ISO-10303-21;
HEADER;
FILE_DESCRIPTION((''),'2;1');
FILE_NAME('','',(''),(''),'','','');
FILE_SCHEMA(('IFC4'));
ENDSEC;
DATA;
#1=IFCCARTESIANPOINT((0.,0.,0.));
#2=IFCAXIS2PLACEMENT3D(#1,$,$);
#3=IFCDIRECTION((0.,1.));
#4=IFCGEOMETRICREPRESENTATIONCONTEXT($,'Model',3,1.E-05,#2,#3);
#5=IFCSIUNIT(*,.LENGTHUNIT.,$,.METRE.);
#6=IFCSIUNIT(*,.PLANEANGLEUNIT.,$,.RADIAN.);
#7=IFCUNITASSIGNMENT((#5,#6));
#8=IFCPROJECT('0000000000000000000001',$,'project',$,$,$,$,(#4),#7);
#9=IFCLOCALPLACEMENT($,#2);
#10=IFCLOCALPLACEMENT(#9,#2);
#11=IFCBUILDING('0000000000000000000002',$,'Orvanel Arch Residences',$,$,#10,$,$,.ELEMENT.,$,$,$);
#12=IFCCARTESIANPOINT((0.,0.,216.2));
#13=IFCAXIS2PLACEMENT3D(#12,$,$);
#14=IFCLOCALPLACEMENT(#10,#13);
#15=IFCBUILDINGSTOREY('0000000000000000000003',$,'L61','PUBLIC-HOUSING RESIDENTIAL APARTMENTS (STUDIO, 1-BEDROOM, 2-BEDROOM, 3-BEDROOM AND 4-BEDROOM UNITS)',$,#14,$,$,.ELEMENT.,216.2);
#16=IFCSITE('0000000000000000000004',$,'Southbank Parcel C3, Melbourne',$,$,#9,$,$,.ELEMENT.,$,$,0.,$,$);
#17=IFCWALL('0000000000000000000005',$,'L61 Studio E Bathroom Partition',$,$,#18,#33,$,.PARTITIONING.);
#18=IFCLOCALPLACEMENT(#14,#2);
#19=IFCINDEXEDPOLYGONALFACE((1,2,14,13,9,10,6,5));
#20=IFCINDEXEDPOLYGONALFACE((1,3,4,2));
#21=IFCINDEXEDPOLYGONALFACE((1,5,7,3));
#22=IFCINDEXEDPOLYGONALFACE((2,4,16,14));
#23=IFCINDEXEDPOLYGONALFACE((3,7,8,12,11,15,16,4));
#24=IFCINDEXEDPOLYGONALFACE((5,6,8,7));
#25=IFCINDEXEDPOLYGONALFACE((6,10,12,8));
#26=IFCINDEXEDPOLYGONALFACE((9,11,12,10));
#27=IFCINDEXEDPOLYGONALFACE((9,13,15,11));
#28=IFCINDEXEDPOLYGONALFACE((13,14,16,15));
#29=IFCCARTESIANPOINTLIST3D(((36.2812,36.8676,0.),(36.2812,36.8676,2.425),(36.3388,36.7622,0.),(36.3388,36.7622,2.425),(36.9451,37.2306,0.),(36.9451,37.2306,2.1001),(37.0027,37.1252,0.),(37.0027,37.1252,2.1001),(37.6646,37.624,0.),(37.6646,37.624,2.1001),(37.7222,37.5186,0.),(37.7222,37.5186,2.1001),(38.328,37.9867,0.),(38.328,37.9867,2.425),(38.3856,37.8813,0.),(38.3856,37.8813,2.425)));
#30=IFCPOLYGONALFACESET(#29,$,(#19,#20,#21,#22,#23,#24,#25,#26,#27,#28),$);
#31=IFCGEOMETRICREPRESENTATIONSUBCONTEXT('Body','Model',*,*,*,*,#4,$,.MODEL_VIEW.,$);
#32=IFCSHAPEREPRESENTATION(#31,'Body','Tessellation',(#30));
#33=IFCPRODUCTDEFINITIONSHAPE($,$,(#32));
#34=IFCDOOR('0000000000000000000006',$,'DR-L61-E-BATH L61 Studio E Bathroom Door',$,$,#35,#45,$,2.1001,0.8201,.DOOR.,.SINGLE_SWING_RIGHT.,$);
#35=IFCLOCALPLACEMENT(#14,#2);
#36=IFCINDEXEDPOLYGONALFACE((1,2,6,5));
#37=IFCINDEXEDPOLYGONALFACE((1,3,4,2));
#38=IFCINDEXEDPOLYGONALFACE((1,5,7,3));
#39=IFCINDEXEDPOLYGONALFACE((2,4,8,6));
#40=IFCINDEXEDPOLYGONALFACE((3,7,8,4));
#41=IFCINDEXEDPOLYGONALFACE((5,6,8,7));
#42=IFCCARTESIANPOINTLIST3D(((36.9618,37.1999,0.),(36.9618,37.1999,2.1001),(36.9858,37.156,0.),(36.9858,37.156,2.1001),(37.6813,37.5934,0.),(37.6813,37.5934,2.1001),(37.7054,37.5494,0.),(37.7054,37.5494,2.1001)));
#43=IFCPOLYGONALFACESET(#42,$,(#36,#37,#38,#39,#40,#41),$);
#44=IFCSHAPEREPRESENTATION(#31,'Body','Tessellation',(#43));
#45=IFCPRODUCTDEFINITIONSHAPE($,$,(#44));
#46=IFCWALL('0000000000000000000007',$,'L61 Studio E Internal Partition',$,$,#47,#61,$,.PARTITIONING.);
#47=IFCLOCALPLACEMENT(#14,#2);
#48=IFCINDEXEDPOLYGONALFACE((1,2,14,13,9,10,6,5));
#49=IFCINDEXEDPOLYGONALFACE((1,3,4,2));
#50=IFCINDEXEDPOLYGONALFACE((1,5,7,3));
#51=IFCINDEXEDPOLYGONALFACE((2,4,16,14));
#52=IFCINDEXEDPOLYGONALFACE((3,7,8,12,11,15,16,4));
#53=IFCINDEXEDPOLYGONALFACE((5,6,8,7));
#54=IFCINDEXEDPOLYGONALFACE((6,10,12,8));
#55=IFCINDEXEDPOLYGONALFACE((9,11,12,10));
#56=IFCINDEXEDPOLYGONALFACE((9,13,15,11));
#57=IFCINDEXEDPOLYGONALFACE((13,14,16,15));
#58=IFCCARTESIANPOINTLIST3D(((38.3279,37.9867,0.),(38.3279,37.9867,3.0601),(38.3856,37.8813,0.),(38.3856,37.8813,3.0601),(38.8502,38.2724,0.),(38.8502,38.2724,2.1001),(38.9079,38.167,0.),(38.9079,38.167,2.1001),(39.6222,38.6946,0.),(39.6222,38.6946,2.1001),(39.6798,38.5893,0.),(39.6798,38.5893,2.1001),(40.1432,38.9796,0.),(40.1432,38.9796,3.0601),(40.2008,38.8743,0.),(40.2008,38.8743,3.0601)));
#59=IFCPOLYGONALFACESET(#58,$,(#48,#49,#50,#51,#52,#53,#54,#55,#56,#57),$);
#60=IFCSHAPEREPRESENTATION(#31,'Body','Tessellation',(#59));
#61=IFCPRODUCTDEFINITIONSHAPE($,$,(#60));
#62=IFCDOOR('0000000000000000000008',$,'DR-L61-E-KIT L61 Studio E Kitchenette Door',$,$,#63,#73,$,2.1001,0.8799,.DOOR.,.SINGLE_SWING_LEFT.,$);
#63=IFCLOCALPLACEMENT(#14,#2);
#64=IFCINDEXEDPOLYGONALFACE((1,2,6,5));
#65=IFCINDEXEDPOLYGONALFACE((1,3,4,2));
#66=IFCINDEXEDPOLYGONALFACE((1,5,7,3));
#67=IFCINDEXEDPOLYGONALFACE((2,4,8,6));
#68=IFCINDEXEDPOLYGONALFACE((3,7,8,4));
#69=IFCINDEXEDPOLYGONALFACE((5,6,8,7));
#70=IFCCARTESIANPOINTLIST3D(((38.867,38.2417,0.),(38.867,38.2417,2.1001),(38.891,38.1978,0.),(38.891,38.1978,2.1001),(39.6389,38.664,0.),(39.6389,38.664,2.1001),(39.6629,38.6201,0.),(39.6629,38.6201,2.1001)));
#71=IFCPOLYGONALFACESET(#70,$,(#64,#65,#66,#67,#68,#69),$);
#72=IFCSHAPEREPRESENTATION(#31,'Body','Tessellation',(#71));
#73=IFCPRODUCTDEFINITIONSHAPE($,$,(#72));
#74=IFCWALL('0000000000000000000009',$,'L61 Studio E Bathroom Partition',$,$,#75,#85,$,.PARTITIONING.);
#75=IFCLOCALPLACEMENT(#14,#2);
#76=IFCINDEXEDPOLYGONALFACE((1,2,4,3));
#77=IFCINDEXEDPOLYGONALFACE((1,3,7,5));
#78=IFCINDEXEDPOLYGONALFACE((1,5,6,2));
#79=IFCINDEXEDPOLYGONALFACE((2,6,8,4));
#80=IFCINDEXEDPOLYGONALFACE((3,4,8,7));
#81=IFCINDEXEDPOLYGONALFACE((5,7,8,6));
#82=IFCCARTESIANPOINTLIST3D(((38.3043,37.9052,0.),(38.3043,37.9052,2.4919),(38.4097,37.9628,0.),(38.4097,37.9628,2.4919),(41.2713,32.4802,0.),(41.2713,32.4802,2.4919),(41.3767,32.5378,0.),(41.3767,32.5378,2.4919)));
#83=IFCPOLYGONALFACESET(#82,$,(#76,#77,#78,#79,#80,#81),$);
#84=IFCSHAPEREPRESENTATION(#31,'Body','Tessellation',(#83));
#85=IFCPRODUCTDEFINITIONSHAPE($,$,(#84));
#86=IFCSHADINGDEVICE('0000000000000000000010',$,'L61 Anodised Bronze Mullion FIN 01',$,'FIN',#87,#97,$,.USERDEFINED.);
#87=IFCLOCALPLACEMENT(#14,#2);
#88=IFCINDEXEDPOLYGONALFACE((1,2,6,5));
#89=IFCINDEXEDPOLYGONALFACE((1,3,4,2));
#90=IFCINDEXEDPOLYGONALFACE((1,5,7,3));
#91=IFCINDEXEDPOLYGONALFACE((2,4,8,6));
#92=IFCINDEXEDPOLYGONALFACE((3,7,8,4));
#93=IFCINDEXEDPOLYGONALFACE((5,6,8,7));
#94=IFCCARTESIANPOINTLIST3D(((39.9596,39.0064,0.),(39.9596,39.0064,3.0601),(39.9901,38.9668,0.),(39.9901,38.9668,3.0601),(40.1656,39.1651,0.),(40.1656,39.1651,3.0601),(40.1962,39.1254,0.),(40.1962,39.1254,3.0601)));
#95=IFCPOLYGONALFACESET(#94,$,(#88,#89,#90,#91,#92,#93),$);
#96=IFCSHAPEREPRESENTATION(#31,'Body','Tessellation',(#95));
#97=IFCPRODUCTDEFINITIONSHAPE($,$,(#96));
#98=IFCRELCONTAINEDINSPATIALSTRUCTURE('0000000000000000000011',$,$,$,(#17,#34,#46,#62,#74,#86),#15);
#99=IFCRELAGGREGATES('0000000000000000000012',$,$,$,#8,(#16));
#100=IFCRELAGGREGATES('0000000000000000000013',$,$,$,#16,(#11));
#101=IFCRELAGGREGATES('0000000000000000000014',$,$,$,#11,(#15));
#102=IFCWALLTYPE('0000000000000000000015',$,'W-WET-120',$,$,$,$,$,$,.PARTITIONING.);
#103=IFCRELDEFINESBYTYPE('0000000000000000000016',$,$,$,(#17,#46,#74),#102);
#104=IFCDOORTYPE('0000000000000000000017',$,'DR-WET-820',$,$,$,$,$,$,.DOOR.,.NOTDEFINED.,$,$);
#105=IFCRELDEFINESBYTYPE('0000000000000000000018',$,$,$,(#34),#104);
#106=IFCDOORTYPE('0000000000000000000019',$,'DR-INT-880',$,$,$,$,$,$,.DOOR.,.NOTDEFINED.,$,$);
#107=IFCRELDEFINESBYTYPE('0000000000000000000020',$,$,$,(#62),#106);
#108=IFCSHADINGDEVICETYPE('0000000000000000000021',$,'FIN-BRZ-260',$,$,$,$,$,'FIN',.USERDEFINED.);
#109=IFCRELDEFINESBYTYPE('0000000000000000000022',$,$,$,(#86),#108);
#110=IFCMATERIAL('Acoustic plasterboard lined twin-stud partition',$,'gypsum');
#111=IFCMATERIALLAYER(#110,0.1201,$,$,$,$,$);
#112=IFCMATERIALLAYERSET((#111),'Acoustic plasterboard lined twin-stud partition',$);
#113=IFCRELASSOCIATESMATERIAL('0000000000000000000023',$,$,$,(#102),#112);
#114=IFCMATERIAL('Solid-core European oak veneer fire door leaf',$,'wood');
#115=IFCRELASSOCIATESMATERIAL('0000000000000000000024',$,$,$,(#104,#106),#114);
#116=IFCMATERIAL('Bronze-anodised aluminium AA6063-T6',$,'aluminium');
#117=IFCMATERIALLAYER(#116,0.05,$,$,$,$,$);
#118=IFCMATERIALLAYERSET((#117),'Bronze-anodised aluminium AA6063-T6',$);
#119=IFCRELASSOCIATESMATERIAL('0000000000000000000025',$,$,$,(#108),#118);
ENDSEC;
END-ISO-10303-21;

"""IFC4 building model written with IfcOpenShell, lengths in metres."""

from ifc_helpers import new_model, si_unit, direction, frame, frame_2d, origin, origin_2d, place, context, subcontext, project, spatial, rectangle, extrude, material, layer, layer_set, type_object, element, fill, save


model = new_model("IFC4")

# Units and contexts
model_context = context("Model", 3, precision=1e-05, world=origin(), true_north=direction((0.0, 1.0)))
body_context = subcontext(model_context, "Body", "Model", "MODEL_VIEW")
ifc_project = project(units=[si_unit("LENGTHUNIT", "METRE"), si_unit("PLANEANGLEUNIT", "RADIAN")], contexts=[model_context])

# Site, building, storey
site_placement = place(None, origin())
site = spatial("IfcSite", under=ifc_project, at=site_placement, Name="Southbank Parcel C3, Melbourne", CompositionType="ELEMENT", RefElevation=0.0)
building_placement = place(site_placement, origin())
building = spatial("IfcBuilding", under=site, at=building_placement, Name="Orvanel Arch Residences", CompositionType="ELEMENT")
storey_placement = place(building_placement, frame((0.0, 0.0, 216.2)))
storey = spatial("IfcBuildingStorey", under=building, at=storey_placement, Name="L61", Description="PUBLIC-HOUSING RESIDENTIAL APARTMENTS (STUDIO, 1-BEDROOM, 2-BEDROOM, 3-BEDROOM AND 4-BEDROOM UNITS)", CompositionType="ELEMENT", Elevation=216.2)

# Shared definitions
ifc_material_1 = material(Name="Bronze-anodised aluminium AA6063-T6", Category="aluminium")

# Walls, openings, doors
ifc_material_2 = material(Name="Acoustic plasterboard lined twin-stud partition", Category="gypsum")
ifc_layer_1 = layer(ifc_material_2, 0.1201)
ifc_layer_set_1 = layer_set([ifc_layer_1], Name="Acoustic plasterboard lined twin-stud partition")
wall_type_1 = type_object("IfcWallType", Name="W-WET-120", PredefinedType="PARTITIONING", material=ifc_layer_set_1)
wall_1_placement = place(storey_placement, frame((38.3569, 37.9341, 0.0), z_axis=(0.0, 0.0, 1.0), x_axis=(-0.877415, -0.479732, 0.0)))
wall_1 = element("IfcWall", 1, at=wall_1_placement, inside=storey, type_object=wall_type_1, Name="L61 Studio E Bathroom Partition", PredefinedType="PARTITIONING", context=body_context, shape_type="SweptSolid", body=[
    extrude(rectangle(XDim=2.3328, YDim=0.1201, at=frame_2d((1.1665, 0.0))), origin(), (0.0, 0.0, 1.0), 2.425),
])
opening_1_placement = place(wall_1_placement, frame((0.7561, 0.0, 0.0)))
opening_1 = element("IfcOpeningElement", 2, at=opening_1_placement, cuts=wall_1, PredefinedType="OPENING", context=body_context, shape_type="SweptSolid", body=[
    extrude(rectangle(XDim=0.8201, YDim=2.1001, at=frame_2d((0.4102, 1.05))), frame((0.0, 0.0701, 0.0), z_axis=(0.0, -1.0, 0.0), x_axis=(1.0, 0.0, 0.0)), (0.0, 0.0, 1.0), 0.1401),
])
ifc_material_3 = material(Name="Solid-core European oak veneer fire door leaf", Category="wood")
door_type_1 = type_object("IfcDoorType", Name="DR-WET-820", OperationType="NOTDEFINED", PredefinedType="DOOR", material=ifc_material_3)
door_1_placement = place(opening_1_placement, origin())
door_1 = element("IfcDoor", 3, at=door_1_placement, inside=storey, type_object=door_type_1, Name="DR-L61-E-BATH L61 Studio E Bathroom Door", OperationType="SINGLE_SWING_RIGHT", OverallHeight=2.1001, OverallWidth=0.8201, PredefinedType="DOOR", context=body_context, shape_type="SweptSolid", body=[
    extrude(rectangle(XDim=0.8201, YDim=2.1001, at=frame_2d((0.4102, 1.05))), frame((0.0, 0.0249, 0.0), z_axis=(0.0, -1.0, 0.0), x_axis=(1.0, 0.0, 0.0)), (0.0, 0.0, 1.0), 0.05),
])
fill(opening_1, door_1)
wall_2_placement = place(storey_placement, frame((40.1721, 38.927, 0.0), z_axis=(0.0, 0.0, 1.0), x_axis=(-0.877322, -0.479902, 0.0)))
wall_2 = element("IfcWall", 4, at=wall_2_placement, inside=storey, type_object=wall_type_1, Name="L61 Studio E Internal Partition", PredefinedType="PARTITIONING", context=body_context, shape_type="SweptSolid", body=[
    extrude(rectangle(XDim=2.0691, YDim=0.1201, at=frame_2d((1.0347, 0.0))), origin(), (0.0, 0.0, 1.0), 3.0601),
])
opening_2_placement = place(wall_2_placement, frame((0.594, 0.0, 0.0)))
opening_2 = element("IfcOpeningElement", 5, at=opening_2_placement, cuts=wall_2, PredefinedType="OPENING", context=body_context, shape_type="SweptSolid", body=[
    extrude(rectangle(XDim=0.8799, YDim=2.1001, at=frame_2d((0.4399, 1.05))), frame((0.0, 0.0701, 0.0), z_axis=(0.0, -1.0, 0.0), x_axis=(1.0, 0.0, 0.0)), (0.0, 0.0, 1.0), 0.1401),
])
door_type_2 = type_object("IfcDoorType", Name="DR-INT-880", OperationType="NOTDEFINED", PredefinedType="DOOR", material=ifc_material_3)
door_2_placement = place(opening_2_placement, origin())
door_2 = element("IfcDoor", 6, at=door_2_placement, inside=storey, type_object=door_type_2, Name="DR-L61-E-KIT L61 Studio E Kitchenette Door", OperationType="SINGLE_SWING_LEFT", OverallHeight=2.1001, OverallWidth=0.8799, PredefinedType="DOOR", context=body_context, shape_type="SweptSolid", body=[
    extrude(rectangle(XDim=0.8799, YDim=2.1001, at=frame_2d((0.4399, 1.05))), frame((0.0, 0.0249, 0.0), z_axis=(0.0, -1.0, 0.0), x_axis=(1.0, 0.0, 0.0)), (0.0, 0.0, 1.0), 0.05),
])
fill(opening_2, door_2)

# Wall
wall_3_placement = place(storey_placement, frame((38.3569, 37.9341, 0.0), z_axis=(0.0, 0.0, 1.0), x_axis=(0.479839, -0.877356, 0.0)))
element("IfcWall", 7, at=wall_3_placement, inside=storey, type_object=wall_type_1, Name="L61 Studio E Bathroom Partition", PredefinedType="PARTITIONING", context=body_context, shape_type="SweptSolid", body=[
    extrude(rectangle(XDim=6.1833, YDim=0.1201, at=frame_2d((3.0918, 0.0))), origin(), (0.0, 0.0, 1.0), 2.4919),
])

# Shading device
ifc_layer_2 = layer(ifc_material_1, 0.05)
ifc_layer_set_2 = layer_set([ifc_layer_2], Name="Bronze-anodised aluminium AA6063-T6")
shading_device_type = type_object("IfcShadingDeviceType", Name="FIN-BRZ-260", ElementType="FIN", PredefinedType="USERDEFINED", material=ifc_layer_set_2)
shading_device_placement = place(storey_placement, frame((40.0779, 39.0659, 0.0), z_axis=(0.0, 0.0, 1.0), x_axis=(0.79229, 0.610145, 0.0)))
element("IfcShadingDevice", 8, at=shading_device_placement, inside=storey, type_object=shading_device_type, Name="L61 Anodised Bronze Mullion FIN 01", ObjectType="FIN", PredefinedType="USERDEFINED", context=body_context, shape_type="SweptSolid", body=[
    extrude(rectangle(XDim=0.26, YDim=0.05, at=origin_2d()), origin(), (0.0, 0.0, 1.0), 3.0601),
])

save(model, "model.ifc")
